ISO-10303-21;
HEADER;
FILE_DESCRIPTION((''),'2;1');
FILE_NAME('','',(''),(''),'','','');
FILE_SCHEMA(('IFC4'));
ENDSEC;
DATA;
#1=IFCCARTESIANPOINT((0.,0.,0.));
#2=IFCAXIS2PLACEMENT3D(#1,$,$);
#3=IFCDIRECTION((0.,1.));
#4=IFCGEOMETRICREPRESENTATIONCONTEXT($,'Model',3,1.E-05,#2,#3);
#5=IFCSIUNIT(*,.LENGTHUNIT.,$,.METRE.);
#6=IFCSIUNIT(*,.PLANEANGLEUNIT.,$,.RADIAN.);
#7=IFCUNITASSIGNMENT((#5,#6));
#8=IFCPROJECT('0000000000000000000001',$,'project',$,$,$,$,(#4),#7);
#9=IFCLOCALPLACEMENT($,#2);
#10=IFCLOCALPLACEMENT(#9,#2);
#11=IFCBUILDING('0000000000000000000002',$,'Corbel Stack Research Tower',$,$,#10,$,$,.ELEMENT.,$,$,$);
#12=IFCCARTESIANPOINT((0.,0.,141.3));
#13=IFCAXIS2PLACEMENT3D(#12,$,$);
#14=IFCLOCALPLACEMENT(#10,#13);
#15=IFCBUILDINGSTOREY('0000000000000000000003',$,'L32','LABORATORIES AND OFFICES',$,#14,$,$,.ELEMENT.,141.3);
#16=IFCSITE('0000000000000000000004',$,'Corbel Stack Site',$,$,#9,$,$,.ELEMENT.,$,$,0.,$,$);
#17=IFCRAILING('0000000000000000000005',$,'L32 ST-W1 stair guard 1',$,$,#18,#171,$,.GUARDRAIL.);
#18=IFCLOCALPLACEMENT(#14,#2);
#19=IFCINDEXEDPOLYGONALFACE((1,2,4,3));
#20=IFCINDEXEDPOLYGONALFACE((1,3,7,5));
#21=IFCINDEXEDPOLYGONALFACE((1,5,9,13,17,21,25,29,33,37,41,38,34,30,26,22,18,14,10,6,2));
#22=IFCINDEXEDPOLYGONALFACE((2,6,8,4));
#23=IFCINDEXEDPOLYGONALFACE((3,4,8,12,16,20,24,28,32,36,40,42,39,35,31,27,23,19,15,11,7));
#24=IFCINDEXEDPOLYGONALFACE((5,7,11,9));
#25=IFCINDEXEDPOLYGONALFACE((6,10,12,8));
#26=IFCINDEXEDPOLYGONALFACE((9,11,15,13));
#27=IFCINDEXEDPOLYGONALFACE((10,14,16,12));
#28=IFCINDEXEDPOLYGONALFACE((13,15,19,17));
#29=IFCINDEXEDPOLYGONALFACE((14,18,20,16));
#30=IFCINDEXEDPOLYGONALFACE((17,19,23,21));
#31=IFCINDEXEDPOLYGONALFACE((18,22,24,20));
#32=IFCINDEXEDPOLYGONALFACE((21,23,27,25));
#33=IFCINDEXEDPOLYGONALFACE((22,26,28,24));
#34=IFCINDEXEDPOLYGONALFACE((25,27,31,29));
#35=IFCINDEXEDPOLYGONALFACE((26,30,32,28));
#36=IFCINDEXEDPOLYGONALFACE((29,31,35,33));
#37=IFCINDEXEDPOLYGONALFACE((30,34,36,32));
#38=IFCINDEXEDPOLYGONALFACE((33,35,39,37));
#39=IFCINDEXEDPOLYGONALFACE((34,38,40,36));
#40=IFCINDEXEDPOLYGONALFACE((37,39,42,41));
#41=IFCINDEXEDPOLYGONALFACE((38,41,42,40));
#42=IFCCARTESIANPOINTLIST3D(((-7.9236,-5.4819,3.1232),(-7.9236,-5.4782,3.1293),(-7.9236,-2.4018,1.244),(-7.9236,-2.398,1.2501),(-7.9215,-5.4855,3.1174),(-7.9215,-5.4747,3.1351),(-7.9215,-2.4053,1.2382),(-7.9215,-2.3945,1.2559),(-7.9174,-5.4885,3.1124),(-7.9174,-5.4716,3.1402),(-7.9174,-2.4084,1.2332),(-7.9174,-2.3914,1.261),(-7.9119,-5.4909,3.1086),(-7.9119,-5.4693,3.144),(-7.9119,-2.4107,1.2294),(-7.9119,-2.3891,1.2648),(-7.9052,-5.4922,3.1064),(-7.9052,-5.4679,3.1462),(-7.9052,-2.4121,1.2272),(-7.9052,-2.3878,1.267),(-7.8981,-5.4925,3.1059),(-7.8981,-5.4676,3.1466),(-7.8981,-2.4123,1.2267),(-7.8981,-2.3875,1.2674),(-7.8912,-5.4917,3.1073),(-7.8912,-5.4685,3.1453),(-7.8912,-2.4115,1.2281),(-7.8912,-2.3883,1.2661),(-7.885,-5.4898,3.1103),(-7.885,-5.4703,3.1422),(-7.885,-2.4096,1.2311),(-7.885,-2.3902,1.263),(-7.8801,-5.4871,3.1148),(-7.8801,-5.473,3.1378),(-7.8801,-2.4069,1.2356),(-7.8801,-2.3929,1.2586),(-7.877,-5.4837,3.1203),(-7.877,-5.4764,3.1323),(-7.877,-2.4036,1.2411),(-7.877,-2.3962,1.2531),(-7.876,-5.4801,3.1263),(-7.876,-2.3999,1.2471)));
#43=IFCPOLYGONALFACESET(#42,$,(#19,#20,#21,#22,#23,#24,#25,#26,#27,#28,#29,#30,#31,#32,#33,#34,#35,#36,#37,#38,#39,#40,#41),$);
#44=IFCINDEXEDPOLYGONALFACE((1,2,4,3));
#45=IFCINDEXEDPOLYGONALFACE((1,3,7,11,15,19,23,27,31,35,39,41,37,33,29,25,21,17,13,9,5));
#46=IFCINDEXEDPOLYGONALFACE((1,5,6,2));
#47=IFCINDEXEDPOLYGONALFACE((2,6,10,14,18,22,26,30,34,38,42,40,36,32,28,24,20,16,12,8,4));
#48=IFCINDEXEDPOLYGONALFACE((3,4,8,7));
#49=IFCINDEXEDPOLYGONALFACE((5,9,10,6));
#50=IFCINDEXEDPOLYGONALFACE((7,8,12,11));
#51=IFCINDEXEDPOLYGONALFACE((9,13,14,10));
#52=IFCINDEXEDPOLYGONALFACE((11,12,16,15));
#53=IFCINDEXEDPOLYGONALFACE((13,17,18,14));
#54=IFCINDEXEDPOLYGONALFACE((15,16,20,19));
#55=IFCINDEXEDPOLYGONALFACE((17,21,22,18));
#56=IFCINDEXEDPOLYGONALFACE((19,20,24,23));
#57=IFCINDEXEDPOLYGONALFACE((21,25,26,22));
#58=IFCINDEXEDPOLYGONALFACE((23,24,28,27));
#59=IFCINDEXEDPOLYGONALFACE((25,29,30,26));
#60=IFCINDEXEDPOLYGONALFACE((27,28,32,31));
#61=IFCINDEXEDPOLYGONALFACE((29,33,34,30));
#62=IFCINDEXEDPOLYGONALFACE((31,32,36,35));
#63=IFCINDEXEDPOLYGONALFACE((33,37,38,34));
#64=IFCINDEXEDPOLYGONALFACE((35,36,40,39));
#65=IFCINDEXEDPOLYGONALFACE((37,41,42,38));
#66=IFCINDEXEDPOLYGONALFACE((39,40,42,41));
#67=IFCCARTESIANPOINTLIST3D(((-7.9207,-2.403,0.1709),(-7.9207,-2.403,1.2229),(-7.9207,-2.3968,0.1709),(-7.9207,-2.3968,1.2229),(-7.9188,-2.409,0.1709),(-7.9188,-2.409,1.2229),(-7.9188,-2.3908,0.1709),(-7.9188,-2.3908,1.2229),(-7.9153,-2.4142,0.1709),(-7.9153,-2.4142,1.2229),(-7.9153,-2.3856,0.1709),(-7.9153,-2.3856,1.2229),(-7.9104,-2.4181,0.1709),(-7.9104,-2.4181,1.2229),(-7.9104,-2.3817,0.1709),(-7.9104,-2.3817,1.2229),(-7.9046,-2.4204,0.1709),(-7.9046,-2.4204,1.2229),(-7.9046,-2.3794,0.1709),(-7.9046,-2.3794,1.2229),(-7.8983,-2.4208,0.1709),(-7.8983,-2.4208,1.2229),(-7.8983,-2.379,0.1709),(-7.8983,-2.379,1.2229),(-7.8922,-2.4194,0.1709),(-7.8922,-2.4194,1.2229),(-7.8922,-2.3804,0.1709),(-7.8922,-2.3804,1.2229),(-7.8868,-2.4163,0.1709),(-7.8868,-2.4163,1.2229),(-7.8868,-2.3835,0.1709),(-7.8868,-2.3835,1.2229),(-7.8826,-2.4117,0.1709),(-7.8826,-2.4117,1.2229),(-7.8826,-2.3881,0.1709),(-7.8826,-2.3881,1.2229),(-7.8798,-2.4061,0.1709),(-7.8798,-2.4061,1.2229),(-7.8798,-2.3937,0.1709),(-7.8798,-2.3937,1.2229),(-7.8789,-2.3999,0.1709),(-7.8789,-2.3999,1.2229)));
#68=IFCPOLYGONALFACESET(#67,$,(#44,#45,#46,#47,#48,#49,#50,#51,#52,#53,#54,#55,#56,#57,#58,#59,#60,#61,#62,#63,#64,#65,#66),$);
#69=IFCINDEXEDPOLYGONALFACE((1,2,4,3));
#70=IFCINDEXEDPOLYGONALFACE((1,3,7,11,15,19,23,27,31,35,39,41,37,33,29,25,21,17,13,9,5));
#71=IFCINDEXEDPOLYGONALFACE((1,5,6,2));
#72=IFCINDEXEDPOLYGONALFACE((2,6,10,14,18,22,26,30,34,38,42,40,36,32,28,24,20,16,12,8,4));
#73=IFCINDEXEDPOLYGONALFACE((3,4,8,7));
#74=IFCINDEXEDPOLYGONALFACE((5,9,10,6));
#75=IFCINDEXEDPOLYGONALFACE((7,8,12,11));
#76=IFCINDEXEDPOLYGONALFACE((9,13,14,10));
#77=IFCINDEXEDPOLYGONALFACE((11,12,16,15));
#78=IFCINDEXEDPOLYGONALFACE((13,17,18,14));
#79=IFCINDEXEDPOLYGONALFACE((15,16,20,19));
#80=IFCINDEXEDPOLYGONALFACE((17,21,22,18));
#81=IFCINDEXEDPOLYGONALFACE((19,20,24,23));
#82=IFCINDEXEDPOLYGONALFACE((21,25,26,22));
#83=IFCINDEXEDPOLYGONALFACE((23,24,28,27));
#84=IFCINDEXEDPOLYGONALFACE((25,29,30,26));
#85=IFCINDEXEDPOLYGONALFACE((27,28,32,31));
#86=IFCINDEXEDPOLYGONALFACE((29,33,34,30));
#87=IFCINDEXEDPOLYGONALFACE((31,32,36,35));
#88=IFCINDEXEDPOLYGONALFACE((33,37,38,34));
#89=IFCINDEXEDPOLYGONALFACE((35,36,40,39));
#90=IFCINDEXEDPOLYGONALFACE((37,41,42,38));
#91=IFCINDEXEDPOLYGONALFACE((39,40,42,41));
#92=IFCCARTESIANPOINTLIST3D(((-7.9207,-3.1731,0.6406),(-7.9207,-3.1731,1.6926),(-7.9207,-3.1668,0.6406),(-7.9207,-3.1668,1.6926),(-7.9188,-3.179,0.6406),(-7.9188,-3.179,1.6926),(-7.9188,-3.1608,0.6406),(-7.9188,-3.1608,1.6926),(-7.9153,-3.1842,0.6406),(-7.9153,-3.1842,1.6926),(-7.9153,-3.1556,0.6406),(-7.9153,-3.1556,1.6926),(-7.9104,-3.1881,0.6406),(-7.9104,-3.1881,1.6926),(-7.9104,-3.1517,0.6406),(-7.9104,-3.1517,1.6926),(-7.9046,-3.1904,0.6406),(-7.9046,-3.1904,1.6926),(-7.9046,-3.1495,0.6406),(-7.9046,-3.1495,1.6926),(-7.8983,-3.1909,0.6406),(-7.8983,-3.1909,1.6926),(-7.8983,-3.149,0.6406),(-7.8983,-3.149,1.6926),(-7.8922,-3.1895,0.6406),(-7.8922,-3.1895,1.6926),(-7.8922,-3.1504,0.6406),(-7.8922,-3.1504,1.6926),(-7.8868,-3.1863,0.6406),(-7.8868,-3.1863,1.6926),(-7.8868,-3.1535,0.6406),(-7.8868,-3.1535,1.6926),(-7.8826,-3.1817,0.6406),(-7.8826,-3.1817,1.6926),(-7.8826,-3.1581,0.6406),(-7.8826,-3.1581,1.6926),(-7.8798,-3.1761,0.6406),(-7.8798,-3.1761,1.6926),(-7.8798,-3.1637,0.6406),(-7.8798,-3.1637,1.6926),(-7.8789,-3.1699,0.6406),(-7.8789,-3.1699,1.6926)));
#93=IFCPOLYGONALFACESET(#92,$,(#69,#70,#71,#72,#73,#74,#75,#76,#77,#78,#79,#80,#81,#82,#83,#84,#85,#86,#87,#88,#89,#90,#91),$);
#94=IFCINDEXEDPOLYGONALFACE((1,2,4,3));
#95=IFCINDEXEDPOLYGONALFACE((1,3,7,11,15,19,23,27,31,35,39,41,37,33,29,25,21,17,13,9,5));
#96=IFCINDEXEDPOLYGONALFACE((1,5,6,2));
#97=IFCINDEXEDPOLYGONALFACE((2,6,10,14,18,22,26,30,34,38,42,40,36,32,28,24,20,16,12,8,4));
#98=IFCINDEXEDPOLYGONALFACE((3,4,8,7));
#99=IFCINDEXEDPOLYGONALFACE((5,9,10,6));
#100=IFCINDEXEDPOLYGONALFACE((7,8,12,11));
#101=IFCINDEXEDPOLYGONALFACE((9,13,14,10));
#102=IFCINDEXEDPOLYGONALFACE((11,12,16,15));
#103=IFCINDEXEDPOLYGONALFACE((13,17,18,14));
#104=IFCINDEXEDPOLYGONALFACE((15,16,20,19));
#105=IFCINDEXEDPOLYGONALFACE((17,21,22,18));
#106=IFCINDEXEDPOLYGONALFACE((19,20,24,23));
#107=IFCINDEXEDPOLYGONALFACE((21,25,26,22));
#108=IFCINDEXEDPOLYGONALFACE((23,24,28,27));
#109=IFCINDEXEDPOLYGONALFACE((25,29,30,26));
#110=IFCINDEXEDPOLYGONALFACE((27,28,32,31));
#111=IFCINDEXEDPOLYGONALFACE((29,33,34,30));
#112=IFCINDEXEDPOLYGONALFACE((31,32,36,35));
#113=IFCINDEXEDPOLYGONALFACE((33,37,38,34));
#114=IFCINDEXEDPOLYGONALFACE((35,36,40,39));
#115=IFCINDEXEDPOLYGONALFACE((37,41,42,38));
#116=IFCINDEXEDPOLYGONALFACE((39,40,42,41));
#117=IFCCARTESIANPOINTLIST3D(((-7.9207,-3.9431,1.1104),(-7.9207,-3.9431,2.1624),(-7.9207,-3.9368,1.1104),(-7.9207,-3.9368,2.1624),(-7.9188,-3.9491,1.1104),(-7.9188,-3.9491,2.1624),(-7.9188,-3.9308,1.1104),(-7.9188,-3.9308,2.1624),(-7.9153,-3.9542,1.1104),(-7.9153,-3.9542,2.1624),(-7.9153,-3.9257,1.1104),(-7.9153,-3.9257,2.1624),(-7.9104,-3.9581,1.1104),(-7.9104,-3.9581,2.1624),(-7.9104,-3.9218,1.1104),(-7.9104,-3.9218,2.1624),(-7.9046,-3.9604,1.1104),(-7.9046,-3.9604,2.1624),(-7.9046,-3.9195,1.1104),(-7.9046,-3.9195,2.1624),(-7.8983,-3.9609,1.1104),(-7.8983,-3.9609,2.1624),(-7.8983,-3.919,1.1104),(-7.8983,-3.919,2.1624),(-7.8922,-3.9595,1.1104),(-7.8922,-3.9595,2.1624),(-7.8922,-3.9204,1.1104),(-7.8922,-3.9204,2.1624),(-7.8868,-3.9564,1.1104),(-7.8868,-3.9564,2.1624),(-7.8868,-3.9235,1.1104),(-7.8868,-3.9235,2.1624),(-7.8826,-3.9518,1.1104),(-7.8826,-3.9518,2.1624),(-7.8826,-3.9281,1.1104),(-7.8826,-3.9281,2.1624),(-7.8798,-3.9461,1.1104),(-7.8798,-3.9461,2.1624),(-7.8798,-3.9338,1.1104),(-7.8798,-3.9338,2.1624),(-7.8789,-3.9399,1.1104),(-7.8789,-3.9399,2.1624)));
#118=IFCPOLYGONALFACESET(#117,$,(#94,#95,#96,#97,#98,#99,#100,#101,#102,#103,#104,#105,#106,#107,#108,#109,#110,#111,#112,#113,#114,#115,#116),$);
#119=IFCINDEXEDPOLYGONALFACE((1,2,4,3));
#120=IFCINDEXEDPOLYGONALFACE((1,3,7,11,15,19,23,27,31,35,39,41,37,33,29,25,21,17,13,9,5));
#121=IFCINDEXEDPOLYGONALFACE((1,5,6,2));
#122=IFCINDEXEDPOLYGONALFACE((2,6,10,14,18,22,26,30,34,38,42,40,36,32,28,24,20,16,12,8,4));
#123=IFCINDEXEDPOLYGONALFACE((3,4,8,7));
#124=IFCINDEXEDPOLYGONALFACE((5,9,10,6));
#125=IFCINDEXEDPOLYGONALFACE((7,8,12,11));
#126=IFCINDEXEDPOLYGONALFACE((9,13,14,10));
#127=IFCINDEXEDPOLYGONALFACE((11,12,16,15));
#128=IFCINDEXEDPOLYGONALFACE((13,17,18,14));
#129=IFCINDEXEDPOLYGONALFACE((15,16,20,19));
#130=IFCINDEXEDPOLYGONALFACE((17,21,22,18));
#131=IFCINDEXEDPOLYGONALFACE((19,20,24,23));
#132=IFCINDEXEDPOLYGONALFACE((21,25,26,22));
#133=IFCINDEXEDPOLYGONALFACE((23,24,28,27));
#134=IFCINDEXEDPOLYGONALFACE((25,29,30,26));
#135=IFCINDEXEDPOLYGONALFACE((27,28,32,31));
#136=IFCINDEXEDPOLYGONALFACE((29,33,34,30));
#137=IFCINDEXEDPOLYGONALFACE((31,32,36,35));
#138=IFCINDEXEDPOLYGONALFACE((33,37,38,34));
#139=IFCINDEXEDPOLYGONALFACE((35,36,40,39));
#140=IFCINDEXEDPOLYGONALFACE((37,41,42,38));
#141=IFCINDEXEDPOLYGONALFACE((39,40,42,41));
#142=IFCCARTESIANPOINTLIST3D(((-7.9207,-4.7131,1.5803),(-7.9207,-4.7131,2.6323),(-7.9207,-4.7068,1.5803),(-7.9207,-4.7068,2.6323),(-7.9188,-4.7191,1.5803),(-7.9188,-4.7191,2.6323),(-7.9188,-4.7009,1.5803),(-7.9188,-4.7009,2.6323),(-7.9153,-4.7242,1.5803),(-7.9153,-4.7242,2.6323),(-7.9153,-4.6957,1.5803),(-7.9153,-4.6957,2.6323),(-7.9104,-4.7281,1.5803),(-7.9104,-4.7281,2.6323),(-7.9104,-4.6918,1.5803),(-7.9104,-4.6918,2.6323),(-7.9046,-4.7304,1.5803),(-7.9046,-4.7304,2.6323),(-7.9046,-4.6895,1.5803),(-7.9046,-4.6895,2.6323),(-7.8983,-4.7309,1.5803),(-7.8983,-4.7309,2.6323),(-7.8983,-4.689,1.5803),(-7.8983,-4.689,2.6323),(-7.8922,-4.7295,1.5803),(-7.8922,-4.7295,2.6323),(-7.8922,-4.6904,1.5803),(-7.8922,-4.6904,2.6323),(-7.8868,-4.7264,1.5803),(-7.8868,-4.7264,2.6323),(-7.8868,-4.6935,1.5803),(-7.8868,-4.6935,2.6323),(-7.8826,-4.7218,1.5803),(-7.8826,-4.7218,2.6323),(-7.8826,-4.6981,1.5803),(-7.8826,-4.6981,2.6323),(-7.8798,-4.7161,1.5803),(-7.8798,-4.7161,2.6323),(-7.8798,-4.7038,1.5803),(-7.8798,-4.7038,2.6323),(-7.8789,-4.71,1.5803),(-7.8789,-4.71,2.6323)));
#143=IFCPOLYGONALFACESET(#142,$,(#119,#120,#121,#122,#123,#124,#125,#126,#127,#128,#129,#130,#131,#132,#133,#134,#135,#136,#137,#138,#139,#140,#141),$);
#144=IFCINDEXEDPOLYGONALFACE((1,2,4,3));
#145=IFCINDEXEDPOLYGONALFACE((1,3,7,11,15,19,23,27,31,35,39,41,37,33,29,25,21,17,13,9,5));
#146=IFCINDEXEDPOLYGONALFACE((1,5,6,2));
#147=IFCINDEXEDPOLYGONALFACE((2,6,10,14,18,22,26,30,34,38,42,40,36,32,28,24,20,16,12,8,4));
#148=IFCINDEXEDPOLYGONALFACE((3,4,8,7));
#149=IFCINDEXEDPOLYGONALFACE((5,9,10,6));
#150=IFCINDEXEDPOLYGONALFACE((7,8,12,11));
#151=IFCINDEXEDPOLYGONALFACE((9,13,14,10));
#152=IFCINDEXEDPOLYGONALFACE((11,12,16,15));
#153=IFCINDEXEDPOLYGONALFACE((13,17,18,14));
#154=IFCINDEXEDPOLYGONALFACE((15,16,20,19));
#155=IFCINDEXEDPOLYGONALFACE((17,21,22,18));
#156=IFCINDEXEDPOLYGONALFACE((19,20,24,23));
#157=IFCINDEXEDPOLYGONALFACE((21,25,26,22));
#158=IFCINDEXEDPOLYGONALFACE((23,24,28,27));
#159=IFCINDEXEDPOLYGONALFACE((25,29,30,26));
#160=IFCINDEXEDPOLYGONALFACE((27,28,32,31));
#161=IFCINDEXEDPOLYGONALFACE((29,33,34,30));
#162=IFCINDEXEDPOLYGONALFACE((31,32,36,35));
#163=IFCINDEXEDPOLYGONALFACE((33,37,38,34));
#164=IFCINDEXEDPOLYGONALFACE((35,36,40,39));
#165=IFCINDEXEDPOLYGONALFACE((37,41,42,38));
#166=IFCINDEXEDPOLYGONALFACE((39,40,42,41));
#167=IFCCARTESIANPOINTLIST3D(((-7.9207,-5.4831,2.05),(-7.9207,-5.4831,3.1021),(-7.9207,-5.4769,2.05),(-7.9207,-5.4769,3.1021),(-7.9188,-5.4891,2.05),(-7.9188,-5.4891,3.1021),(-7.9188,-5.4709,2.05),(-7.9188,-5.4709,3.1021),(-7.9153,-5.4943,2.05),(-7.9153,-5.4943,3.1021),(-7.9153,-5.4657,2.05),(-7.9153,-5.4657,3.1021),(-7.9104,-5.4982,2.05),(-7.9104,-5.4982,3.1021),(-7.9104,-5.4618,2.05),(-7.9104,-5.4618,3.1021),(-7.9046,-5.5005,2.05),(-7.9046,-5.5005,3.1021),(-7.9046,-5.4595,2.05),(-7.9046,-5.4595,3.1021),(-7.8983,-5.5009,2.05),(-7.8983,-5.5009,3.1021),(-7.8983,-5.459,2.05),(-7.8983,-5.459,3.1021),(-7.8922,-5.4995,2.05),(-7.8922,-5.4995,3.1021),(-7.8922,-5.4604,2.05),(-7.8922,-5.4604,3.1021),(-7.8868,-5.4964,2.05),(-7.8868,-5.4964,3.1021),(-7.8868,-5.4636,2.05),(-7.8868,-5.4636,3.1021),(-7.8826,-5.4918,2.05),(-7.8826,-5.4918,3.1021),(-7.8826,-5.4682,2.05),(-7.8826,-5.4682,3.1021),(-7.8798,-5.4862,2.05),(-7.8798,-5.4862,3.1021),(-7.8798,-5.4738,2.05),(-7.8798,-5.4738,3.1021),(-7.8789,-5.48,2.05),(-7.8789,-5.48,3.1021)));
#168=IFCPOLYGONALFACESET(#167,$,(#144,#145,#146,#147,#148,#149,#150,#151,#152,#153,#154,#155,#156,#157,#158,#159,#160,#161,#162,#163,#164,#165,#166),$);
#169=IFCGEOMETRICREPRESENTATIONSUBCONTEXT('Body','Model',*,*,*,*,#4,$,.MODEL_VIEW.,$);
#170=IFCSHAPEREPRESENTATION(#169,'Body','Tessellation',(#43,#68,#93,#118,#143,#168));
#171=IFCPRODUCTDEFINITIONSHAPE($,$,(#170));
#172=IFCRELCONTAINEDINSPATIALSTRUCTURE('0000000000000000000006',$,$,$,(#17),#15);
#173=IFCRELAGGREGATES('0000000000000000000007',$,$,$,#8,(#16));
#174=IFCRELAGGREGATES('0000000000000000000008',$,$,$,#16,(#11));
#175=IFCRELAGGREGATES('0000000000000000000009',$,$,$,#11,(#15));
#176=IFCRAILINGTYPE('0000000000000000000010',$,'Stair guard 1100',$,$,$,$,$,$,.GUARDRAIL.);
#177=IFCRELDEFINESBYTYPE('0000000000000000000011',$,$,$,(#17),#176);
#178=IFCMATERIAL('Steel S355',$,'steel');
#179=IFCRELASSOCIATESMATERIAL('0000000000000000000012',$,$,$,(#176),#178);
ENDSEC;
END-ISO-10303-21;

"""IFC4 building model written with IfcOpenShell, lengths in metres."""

from ifc_helpers import new_model, si_unit, direction, frame, origin, origin_2d, place, context, subcontext, project, spatial, circle, extrude, material, type_object, element, save


model = new_model("IFC4")

# Units and contexts
model_context = context("Model", 3, precision=1e-05, world=origin(), true_north=direction((0.0, 1.0)))
body_context = subcontext(model_context, "Body", "Model", "MODEL_VIEW")
ifc_project = project(units=[si_unit("LENGTHUNIT", "METRE"), si_unit("PLANEANGLEUNIT", "RADIAN")], contexts=[model_context])

# Site, building, storey
site_placement = place(None, origin())
site = spatial("IfcSite", under=ifc_project, at=site_placement, Name="Corbel Stack Site", CompositionType="ELEMENT", RefElevation=0.0)
building_placement = place(site_placement, origin())
building = spatial("IfcBuilding", under=site, at=building_placement, Name="Corbel Stack Research Tower", CompositionType="ELEMENT")
storey_placement = place(building_placement, frame((0.0, 0.0, 141.3)))
storey = spatial("IfcBuildingStorey", under=building, at=storey_placement, Name="L32", Description="LABORATORIES AND OFFICES", CompositionType="ELEMENT", Elevation=141.3)

# Railing
ifc_material_1 = material(Name="Steel S355", Category="steel")
railing_type = type_object("IfcRailingType", Name="Stair guard 1100", PredefinedType="GUARDRAIL", material=ifc_material_1)
railing_1_placement = place(storey_placement, frame((-7.8999, -2.3999, 0.1709)))
element("IfcRailing", 1, at=railing_1_placement, inside=storey, type_object=railing_type, Name="L32 ST-W1 stair guard 1", PredefinedType="GUARDRAIL", context=body_context, shape_type="SweptSolid", body=[
    extrude(circle(Radius=0.0239, at=origin_2d()), frame((0.0, 0.0, 1.0762), z_axis=(0.0, -0.853666, 0.52082), x_axis=(1.0, 0.0, 0.0)), (0.0, 0.0, 1.0), 3.6082),
    extrude(circle(Radius=0.021, at=origin_2d()), origin(), (0.0, 0.0, 1.0), 1.052),
    extrude(circle(Radius=0.021, at=origin_2d()), frame((0.0, -0.77, 0.4697)), (0.0, 0.0, 1.0), 1.052),
    extrude(circle(Radius=0.021, at=origin_2d()), frame((0.0, -1.54, 0.9395)), (0.0, 0.0, 1.0), 1.052),
    extrude(circle(Radius=0.021, at=origin_2d()), frame((0.0, -2.3101, 1.4094)), (0.0, 0.0, 1.0), 1.052),
    extrude(circle(Radius=0.021, at=origin_2d()), frame((0.0, -3.0801, 1.8792)), (0.0, 0.0, 1.0), 1.052),
])

save(model, "model.ifc")
